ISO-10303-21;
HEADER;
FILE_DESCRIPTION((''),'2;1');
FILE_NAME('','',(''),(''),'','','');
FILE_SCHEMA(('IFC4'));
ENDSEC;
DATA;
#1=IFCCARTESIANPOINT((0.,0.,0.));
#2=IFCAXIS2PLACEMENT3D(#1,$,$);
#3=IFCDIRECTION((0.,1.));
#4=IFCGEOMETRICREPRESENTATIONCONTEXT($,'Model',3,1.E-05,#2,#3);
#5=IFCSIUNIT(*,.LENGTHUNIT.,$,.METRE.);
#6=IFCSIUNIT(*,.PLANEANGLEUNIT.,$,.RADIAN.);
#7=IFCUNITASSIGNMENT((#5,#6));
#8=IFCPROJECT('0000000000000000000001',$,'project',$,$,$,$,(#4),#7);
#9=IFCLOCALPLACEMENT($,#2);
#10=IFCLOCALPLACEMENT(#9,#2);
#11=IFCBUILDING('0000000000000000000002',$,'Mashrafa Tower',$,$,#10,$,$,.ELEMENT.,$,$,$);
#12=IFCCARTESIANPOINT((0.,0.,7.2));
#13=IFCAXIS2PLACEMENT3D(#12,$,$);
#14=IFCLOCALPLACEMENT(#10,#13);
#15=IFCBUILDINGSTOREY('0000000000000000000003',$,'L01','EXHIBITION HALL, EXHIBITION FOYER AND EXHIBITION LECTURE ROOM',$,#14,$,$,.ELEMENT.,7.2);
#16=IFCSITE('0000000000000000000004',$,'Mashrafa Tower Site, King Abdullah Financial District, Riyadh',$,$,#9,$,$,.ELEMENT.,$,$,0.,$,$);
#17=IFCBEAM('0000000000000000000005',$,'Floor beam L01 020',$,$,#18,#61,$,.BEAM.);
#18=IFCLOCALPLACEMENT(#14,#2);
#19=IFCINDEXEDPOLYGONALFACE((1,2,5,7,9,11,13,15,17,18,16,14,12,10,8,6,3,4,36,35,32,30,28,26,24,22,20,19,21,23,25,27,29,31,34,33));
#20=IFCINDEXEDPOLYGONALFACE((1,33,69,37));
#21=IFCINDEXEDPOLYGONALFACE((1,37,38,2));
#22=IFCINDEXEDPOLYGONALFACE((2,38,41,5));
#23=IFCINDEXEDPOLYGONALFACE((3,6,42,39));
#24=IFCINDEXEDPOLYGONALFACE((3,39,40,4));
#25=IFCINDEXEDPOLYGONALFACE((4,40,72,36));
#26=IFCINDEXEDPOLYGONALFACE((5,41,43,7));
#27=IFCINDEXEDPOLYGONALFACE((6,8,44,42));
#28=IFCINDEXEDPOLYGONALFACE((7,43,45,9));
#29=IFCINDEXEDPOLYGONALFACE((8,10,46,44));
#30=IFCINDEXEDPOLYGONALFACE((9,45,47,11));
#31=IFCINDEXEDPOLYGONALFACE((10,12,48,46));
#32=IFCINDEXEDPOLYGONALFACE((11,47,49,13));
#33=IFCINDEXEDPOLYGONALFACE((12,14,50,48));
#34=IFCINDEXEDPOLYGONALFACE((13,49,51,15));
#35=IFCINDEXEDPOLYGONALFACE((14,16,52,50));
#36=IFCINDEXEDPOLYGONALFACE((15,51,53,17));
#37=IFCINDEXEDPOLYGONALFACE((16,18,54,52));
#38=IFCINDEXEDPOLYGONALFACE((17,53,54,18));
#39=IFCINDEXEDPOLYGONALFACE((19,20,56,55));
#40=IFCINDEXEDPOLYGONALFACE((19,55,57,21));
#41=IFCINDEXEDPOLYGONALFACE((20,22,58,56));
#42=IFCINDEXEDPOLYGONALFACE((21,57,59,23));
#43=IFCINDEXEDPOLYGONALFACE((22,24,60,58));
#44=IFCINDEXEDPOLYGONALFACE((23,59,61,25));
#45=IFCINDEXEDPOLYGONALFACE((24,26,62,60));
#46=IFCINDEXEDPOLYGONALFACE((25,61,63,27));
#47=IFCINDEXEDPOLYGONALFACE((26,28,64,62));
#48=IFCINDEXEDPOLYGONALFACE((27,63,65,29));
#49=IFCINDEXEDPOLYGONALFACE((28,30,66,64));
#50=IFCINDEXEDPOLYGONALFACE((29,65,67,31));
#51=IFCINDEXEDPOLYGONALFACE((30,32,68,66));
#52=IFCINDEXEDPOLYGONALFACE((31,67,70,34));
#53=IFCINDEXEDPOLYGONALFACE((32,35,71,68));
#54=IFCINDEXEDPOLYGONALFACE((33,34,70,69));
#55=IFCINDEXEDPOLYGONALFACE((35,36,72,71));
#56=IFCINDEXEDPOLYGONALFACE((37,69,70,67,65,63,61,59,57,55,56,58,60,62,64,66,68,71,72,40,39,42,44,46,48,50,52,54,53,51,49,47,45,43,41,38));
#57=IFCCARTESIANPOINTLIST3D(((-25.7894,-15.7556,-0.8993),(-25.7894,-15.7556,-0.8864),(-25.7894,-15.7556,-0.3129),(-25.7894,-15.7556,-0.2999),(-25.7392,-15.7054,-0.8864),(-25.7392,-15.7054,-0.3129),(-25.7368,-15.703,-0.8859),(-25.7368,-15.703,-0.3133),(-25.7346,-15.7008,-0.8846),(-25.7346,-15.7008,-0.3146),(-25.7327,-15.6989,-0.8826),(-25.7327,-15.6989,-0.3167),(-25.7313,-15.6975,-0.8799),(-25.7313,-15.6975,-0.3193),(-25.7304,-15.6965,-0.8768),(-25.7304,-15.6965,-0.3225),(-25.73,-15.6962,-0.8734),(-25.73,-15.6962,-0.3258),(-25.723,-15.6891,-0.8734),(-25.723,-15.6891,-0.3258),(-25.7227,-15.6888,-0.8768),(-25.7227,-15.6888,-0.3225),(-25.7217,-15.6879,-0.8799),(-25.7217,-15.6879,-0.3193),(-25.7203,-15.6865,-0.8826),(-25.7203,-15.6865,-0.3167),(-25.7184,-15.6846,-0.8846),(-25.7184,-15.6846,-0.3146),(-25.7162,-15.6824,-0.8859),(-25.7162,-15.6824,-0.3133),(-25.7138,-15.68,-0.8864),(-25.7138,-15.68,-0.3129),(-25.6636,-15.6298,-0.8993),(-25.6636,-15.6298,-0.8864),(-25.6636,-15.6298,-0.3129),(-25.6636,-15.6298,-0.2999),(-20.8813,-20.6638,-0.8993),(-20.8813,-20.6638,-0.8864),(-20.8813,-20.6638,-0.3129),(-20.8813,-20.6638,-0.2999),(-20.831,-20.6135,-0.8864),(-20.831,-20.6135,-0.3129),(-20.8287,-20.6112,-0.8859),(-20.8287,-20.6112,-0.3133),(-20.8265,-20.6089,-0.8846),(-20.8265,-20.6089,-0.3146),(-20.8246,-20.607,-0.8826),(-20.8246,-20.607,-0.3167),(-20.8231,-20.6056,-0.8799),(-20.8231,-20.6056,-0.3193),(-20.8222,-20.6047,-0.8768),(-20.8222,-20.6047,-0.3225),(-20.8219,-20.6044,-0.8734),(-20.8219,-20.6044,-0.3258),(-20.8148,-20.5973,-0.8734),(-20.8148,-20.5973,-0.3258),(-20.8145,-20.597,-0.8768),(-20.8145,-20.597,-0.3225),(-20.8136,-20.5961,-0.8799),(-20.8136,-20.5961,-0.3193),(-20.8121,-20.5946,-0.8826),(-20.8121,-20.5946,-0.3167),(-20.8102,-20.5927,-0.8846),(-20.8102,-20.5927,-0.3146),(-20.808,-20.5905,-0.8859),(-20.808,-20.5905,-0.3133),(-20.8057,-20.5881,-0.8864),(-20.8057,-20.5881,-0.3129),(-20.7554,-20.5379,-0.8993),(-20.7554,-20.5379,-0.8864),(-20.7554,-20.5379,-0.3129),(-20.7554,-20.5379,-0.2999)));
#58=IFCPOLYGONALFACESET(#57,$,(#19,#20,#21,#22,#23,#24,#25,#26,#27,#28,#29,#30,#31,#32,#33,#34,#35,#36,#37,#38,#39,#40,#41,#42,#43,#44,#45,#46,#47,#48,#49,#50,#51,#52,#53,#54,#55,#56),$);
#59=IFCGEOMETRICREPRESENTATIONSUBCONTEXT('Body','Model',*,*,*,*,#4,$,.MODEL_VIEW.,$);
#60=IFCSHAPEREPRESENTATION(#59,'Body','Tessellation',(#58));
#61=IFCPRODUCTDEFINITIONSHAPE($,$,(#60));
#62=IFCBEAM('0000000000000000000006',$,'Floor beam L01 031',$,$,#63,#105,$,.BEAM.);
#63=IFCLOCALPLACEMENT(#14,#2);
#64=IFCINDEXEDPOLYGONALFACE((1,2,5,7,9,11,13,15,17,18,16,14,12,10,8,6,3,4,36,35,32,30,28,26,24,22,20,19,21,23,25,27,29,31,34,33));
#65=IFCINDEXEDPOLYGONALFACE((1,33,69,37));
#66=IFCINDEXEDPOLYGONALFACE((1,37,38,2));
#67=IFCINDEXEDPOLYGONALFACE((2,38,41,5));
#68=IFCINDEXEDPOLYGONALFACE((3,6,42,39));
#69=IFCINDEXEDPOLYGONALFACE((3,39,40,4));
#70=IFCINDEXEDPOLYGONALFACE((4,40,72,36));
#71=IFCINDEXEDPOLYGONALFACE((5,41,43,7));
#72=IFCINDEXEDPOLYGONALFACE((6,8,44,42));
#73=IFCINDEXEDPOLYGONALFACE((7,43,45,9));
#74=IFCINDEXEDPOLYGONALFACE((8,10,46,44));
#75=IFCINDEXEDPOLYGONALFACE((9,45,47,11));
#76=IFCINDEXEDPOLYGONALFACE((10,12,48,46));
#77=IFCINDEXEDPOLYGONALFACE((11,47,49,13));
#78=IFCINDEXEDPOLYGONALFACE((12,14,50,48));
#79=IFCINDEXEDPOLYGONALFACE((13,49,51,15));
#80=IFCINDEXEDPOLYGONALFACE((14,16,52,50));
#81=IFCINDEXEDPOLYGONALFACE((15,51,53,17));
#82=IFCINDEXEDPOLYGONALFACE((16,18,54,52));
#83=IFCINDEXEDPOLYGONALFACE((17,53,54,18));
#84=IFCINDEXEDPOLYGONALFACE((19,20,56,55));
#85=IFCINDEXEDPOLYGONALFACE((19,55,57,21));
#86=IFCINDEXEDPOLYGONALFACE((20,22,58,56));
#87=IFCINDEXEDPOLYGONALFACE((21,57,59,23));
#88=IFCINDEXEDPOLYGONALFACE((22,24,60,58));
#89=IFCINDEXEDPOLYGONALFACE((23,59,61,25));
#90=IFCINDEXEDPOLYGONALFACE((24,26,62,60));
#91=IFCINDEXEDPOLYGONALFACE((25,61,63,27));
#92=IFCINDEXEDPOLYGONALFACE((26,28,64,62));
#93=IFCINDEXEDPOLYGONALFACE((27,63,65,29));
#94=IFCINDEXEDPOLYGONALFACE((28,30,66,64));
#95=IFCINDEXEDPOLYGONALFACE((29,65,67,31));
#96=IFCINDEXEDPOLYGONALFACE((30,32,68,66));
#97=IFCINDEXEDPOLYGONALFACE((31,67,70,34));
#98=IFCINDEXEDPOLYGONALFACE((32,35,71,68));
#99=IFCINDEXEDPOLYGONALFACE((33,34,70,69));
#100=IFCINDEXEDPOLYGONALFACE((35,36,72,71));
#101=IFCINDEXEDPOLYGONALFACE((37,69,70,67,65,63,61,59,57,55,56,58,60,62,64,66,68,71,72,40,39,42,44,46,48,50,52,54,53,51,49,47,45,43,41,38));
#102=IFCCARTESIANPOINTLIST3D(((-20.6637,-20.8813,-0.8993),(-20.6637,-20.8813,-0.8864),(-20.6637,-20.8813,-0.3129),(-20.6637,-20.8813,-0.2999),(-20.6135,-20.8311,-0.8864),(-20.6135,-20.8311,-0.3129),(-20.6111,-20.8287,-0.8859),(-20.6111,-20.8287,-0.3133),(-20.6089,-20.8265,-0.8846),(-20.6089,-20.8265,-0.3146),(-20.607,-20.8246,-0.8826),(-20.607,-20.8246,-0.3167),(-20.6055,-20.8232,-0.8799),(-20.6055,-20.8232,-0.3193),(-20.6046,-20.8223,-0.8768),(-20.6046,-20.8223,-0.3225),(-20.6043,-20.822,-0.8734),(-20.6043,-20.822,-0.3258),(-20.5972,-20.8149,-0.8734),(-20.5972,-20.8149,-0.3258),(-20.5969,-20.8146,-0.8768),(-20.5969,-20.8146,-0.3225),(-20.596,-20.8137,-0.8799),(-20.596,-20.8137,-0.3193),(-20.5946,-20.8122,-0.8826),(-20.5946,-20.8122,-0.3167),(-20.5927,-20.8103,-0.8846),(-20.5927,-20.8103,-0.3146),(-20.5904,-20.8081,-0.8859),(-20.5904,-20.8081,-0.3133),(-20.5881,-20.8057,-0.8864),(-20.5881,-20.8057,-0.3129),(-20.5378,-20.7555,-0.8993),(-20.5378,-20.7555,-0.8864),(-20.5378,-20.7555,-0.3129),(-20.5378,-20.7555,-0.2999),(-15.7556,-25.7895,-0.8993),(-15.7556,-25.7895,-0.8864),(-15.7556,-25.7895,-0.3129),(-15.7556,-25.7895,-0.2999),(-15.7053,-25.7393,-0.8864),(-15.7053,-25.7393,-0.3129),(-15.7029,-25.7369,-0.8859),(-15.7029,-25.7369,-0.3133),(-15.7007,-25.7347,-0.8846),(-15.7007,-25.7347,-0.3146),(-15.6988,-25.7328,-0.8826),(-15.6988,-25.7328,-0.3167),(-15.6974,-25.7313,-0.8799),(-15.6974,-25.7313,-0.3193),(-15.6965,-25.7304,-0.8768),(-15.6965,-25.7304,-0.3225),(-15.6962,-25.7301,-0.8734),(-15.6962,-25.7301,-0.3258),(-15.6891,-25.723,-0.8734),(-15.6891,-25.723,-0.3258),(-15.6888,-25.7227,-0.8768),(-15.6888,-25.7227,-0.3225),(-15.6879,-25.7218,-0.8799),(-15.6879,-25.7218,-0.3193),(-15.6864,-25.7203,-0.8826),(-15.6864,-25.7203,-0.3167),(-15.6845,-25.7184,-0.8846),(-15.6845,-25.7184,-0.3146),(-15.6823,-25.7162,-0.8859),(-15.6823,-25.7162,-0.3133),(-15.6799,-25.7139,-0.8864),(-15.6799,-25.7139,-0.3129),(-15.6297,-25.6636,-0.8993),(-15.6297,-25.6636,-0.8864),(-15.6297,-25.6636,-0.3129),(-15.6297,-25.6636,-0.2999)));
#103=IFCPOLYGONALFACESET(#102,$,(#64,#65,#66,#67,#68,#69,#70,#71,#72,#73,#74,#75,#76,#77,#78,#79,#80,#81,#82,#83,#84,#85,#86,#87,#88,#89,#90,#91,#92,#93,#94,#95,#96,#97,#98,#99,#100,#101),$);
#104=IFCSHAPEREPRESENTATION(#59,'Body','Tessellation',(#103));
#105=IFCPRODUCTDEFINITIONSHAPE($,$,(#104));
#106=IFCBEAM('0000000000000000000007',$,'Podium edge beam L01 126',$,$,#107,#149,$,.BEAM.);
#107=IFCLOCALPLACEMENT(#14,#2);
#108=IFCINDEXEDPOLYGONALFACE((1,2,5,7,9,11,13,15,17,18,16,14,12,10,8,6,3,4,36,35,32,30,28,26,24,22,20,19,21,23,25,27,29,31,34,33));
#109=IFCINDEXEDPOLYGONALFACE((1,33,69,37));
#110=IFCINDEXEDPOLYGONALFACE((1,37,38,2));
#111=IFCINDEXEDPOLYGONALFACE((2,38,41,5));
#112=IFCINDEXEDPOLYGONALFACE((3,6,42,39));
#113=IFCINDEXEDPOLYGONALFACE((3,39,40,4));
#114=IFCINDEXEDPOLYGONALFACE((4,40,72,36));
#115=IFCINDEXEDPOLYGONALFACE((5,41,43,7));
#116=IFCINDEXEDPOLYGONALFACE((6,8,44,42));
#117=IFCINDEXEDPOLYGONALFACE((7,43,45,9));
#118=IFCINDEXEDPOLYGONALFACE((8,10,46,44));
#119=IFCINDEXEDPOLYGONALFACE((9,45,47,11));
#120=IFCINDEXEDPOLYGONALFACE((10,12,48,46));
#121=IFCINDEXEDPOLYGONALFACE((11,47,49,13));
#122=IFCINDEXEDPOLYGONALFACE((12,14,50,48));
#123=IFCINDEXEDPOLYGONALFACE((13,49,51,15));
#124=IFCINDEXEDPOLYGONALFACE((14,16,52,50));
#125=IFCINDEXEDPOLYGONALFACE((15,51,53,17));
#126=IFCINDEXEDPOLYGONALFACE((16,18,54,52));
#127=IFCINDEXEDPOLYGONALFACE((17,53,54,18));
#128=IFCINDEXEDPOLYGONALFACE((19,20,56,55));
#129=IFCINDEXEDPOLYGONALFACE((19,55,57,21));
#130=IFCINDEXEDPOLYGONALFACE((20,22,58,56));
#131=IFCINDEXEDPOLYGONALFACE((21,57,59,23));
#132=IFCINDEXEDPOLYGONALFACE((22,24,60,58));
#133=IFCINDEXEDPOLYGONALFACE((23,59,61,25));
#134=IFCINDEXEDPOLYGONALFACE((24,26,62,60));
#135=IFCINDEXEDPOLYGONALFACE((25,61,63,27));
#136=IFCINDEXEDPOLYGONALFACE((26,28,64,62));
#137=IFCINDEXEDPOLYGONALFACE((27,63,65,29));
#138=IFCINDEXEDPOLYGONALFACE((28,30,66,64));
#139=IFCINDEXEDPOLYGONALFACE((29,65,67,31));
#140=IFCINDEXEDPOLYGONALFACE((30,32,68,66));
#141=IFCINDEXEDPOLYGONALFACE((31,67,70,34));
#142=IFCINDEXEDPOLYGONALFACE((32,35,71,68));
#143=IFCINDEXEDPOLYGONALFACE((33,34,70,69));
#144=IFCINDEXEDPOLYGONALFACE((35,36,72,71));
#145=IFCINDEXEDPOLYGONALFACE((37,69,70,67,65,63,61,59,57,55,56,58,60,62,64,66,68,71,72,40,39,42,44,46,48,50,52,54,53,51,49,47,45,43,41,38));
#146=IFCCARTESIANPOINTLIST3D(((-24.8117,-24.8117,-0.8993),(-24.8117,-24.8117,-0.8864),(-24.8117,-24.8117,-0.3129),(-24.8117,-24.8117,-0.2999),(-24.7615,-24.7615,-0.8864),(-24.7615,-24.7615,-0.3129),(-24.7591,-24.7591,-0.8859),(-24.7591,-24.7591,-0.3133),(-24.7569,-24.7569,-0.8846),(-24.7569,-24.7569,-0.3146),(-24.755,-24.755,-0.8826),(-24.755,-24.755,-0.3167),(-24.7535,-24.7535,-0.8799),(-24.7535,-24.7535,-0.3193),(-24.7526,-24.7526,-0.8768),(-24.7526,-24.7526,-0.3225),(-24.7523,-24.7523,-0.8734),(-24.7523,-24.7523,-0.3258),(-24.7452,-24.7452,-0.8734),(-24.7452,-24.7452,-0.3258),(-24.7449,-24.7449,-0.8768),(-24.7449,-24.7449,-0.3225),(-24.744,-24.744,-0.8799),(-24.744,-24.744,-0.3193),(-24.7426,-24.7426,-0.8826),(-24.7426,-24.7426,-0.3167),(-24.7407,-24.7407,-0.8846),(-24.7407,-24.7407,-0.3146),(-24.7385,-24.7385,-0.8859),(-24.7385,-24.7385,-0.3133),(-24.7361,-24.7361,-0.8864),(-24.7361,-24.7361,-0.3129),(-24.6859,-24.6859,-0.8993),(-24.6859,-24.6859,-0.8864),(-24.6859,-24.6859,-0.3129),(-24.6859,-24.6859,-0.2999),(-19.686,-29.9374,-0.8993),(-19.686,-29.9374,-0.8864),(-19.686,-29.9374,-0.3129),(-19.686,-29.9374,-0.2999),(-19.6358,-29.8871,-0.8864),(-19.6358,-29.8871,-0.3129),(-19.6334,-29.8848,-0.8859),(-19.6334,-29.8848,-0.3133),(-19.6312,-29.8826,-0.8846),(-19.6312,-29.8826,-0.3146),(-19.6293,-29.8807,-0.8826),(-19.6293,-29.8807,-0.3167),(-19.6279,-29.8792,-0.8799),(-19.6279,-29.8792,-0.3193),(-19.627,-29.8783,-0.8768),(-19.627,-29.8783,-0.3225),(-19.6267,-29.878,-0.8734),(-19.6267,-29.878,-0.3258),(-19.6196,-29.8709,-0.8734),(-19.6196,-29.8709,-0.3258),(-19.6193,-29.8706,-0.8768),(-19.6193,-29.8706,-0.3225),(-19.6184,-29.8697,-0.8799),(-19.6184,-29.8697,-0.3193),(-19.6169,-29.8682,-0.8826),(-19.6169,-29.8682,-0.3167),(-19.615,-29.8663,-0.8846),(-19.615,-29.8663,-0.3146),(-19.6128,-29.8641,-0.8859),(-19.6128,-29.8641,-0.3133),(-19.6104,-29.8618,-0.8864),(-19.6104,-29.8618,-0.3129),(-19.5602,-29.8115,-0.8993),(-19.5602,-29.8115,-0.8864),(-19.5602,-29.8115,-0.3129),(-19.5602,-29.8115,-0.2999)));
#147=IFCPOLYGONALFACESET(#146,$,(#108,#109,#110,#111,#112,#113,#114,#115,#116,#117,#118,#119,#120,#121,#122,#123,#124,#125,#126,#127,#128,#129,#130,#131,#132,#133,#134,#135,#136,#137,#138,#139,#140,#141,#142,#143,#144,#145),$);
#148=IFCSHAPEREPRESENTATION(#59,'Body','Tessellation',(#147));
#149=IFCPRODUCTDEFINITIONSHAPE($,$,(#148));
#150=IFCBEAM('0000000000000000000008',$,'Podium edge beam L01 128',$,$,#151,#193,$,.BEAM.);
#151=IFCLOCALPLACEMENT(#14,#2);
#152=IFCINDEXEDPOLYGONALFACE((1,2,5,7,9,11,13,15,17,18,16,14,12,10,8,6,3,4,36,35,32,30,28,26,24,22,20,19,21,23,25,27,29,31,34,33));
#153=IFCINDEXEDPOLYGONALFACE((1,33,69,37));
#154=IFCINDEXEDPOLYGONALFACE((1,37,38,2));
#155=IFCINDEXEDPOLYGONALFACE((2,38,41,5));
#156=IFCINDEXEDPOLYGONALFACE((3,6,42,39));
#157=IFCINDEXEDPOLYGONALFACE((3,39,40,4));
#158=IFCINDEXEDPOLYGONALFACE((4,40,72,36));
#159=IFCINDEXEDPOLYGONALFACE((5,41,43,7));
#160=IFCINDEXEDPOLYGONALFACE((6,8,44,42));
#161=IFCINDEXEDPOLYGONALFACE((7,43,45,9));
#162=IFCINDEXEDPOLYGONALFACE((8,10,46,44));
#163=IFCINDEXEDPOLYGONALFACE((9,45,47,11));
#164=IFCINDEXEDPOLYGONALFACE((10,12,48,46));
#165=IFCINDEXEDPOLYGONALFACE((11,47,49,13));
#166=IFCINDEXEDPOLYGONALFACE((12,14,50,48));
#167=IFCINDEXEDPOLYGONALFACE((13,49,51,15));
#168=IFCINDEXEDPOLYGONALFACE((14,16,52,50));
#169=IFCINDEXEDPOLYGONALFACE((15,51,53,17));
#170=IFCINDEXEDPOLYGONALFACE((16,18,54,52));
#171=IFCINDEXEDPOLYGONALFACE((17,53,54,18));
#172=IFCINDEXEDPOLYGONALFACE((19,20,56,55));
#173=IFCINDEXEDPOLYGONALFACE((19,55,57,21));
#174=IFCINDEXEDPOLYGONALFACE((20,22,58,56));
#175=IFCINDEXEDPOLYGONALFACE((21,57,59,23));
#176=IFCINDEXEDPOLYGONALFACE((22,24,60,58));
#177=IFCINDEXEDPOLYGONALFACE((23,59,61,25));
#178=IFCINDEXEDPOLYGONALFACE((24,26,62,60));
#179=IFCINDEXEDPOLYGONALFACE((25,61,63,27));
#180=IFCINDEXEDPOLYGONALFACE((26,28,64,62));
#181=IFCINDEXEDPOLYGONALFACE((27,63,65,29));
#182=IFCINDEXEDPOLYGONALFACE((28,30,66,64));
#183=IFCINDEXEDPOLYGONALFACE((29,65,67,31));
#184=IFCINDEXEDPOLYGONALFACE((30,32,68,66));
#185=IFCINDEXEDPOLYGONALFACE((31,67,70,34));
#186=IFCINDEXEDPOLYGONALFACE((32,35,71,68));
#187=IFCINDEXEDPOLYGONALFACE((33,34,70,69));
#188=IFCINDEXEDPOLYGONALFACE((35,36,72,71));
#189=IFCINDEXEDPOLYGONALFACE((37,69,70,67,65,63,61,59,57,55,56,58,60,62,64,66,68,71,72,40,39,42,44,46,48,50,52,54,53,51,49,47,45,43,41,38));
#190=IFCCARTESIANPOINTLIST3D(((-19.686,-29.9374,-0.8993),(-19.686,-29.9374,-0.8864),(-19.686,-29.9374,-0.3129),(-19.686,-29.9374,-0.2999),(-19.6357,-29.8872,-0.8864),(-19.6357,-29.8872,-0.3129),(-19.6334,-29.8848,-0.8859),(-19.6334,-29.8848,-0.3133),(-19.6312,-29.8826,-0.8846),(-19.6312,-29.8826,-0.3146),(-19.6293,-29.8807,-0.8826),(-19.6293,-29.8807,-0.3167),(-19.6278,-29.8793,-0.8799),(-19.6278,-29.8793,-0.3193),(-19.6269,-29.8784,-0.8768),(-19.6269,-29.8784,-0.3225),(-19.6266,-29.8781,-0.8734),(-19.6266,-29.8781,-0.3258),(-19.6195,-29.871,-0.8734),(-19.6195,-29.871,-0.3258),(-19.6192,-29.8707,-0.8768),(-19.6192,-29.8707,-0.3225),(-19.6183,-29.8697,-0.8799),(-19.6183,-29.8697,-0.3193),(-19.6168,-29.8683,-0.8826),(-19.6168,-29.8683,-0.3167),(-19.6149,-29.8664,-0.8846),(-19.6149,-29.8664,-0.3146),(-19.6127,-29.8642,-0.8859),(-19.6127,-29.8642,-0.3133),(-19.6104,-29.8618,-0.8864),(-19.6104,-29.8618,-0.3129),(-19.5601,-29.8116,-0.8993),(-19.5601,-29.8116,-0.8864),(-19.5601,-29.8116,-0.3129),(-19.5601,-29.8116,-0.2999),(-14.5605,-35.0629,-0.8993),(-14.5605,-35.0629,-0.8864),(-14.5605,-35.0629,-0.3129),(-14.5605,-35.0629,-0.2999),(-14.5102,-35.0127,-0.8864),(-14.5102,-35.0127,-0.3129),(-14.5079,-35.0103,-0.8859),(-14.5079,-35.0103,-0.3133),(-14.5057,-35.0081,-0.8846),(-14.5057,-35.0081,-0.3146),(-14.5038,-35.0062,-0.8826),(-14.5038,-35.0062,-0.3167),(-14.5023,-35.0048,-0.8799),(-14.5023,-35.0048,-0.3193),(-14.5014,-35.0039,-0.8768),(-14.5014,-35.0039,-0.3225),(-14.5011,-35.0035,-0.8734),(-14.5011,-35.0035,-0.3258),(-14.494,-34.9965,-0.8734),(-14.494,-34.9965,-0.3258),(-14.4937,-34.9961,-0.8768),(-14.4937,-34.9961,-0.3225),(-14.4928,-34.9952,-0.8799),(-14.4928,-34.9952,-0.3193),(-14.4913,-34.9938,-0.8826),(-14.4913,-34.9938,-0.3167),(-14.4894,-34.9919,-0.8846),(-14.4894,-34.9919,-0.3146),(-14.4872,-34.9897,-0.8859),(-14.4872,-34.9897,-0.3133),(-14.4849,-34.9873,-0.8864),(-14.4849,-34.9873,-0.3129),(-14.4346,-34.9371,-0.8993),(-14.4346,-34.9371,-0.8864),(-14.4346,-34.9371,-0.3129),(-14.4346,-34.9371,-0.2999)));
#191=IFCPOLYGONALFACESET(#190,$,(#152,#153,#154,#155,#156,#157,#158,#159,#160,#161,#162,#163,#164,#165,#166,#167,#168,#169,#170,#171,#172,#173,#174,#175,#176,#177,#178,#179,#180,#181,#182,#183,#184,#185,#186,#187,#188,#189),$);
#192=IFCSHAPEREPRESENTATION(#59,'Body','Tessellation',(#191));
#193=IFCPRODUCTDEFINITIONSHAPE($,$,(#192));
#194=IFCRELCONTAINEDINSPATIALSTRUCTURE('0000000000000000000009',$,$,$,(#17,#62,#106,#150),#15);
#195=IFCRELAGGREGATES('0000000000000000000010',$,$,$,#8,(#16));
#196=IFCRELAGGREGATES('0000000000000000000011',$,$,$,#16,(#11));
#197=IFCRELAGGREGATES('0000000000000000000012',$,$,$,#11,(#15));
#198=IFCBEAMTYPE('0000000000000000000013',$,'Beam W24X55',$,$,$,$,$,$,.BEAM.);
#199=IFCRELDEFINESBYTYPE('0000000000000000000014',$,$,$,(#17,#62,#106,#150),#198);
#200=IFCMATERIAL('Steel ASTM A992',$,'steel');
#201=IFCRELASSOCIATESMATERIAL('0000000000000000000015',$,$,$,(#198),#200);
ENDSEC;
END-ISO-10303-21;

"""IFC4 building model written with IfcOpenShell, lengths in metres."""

from ifc_helpers import new_model, si_unit, direction, frame, origin, origin_2d, place, context, subcontext, project, spatial, i_section, extrude, material, material_profile, profile_set, type_object, element, save


model = new_model("IFC4")

# Units and contexts
model_context = context("Model", 3, precision=1e-05, world=origin(), true_north=direction((0.0, 1.0)))
body_context = subcontext(model_context, "Body", "Model", "MODEL_VIEW")
ifc_project = project(units=[si_unit("LENGTHUNIT", "METRE"), si_unit("PLANEANGLEUNIT", "RADIAN")], contexts=[model_context])

# Site, building, storey
site_placement = place(None, origin())
site = spatial("IfcSite", under=ifc_project, at=site_placement, Name="Mashrafa Tower Site, King Abdullah Financial District, Riyadh", CompositionType="ELEMENT", RefElevation=0.0)
building_placement = place(site_placement, origin())
building = spatial("IfcBuilding", under=site, at=building_placement, Name="Mashrafa Tower", CompositionType="ELEMENT")
storey_placement = place(building_placement, frame((0.0, 0.0, 7.2)))
storey = spatial("IfcBuildingStorey", under=building, at=storey_placement, Name="L01", Description="EXHIBITION HALL, EXHIBITION FOYER AND EXHIBITION LECTURE ROOM", CompositionType="ELEMENT", Elevation=7.2)

# Beams
ifc_material_1 = material(Name="Steel ASTM A992", Category="steel")
ifc_material_profile_1 = material_profile(ifc_material_1, i_section(OverallWidth=0.178, OverallDepth=0.5994, WebThickness=0.01, FlangeThickness=0.0129, FilletRadius=0.0129, at=origin_2d()), Name="W24X55")
ifc_profile_set_1 = profile_set([ifc_material_profile_1], Name="Steel ASTM A992")
beam_type_1 = type_object("IfcBeamType", Name="Beam W24X55", PredefinedType="BEAM", material=ifc_profile_set_1)
for number, where, z_axis, x_axis, name in (
    (1, (-20.8184, -20.6008, -0.5996), (-0.707107, 0.707107, 0.0), (-0.707107, -0.707107, 0.0), "Floor beam L01 020"),
    (2, (-15.6926, -25.7266, -0.5996), (-0.707107, 0.707107, 0.0), (-0.707107, -0.707107, 0.0), "Floor beam L01 031"),
):
    element("IfcBeam", number, at=place(storey_placement, frame(where, z_axis=z_axis, x_axis=x_axis)), inside=storey, type_object=beam_type_1, Name=name, PredefinedType="BEAM", context=body_context, shape_type="SweptSolid", body=[
        extrude(i_section(OverallWidth=0.178, OverallDepth=0.5994, WebThickness=0.01, FlangeThickness=0.0129, FilletRadius=0.0129, at=origin_2d()), origin(), (0.0, 0.0, 1.0), 6.9412),
    ])
beam_1_placement = place(storey_placement, frame((-24.7488, -24.7488, -0.5996), z_axis=(0.707107, -0.707107, 0.0), x_axis=(0.707107, 0.707107, 0.0)))
element("IfcBeam", 3, at=beam_1_placement, inside=storey, type_object=beam_type_1, Name="Podium edge beam L01 126", PredefinedType="BEAM", context=body_context, shape_type="SweptSolid", body=[
    extrude(i_section(OverallWidth=0.178, OverallDepth=0.5994, WebThickness=0.01, FlangeThickness=0.0129, FilletRadius=0.0129, at=origin_2d()), origin(), (0.0, 0.0, 1.0), 7.2488),
])
beam_2_placement = place(storey_placement, frame((-19.623, -29.8745, -0.5996), z_axis=(0.707107, -0.707107, 0.0), x_axis=(0.707107, 0.707107, 0.0)))
element("IfcBeam", 4, at=beam_2_placement, inside=storey, type_object=beam_type_1, Name="Podium edge beam L01 128", PredefinedType="BEAM", context=body_context, shape_type="SweptSolid", body=[
    extrude(i_section(OverallWidth=0.178, OverallDepth=0.5994, WebThickness=0.01, FlangeThickness=0.0129, FilletRadius=0.0129, at=origin_2d()), origin(), (0.0, 0.0, 1.0), 7.2485),
])

save(model, "model.ifc")
